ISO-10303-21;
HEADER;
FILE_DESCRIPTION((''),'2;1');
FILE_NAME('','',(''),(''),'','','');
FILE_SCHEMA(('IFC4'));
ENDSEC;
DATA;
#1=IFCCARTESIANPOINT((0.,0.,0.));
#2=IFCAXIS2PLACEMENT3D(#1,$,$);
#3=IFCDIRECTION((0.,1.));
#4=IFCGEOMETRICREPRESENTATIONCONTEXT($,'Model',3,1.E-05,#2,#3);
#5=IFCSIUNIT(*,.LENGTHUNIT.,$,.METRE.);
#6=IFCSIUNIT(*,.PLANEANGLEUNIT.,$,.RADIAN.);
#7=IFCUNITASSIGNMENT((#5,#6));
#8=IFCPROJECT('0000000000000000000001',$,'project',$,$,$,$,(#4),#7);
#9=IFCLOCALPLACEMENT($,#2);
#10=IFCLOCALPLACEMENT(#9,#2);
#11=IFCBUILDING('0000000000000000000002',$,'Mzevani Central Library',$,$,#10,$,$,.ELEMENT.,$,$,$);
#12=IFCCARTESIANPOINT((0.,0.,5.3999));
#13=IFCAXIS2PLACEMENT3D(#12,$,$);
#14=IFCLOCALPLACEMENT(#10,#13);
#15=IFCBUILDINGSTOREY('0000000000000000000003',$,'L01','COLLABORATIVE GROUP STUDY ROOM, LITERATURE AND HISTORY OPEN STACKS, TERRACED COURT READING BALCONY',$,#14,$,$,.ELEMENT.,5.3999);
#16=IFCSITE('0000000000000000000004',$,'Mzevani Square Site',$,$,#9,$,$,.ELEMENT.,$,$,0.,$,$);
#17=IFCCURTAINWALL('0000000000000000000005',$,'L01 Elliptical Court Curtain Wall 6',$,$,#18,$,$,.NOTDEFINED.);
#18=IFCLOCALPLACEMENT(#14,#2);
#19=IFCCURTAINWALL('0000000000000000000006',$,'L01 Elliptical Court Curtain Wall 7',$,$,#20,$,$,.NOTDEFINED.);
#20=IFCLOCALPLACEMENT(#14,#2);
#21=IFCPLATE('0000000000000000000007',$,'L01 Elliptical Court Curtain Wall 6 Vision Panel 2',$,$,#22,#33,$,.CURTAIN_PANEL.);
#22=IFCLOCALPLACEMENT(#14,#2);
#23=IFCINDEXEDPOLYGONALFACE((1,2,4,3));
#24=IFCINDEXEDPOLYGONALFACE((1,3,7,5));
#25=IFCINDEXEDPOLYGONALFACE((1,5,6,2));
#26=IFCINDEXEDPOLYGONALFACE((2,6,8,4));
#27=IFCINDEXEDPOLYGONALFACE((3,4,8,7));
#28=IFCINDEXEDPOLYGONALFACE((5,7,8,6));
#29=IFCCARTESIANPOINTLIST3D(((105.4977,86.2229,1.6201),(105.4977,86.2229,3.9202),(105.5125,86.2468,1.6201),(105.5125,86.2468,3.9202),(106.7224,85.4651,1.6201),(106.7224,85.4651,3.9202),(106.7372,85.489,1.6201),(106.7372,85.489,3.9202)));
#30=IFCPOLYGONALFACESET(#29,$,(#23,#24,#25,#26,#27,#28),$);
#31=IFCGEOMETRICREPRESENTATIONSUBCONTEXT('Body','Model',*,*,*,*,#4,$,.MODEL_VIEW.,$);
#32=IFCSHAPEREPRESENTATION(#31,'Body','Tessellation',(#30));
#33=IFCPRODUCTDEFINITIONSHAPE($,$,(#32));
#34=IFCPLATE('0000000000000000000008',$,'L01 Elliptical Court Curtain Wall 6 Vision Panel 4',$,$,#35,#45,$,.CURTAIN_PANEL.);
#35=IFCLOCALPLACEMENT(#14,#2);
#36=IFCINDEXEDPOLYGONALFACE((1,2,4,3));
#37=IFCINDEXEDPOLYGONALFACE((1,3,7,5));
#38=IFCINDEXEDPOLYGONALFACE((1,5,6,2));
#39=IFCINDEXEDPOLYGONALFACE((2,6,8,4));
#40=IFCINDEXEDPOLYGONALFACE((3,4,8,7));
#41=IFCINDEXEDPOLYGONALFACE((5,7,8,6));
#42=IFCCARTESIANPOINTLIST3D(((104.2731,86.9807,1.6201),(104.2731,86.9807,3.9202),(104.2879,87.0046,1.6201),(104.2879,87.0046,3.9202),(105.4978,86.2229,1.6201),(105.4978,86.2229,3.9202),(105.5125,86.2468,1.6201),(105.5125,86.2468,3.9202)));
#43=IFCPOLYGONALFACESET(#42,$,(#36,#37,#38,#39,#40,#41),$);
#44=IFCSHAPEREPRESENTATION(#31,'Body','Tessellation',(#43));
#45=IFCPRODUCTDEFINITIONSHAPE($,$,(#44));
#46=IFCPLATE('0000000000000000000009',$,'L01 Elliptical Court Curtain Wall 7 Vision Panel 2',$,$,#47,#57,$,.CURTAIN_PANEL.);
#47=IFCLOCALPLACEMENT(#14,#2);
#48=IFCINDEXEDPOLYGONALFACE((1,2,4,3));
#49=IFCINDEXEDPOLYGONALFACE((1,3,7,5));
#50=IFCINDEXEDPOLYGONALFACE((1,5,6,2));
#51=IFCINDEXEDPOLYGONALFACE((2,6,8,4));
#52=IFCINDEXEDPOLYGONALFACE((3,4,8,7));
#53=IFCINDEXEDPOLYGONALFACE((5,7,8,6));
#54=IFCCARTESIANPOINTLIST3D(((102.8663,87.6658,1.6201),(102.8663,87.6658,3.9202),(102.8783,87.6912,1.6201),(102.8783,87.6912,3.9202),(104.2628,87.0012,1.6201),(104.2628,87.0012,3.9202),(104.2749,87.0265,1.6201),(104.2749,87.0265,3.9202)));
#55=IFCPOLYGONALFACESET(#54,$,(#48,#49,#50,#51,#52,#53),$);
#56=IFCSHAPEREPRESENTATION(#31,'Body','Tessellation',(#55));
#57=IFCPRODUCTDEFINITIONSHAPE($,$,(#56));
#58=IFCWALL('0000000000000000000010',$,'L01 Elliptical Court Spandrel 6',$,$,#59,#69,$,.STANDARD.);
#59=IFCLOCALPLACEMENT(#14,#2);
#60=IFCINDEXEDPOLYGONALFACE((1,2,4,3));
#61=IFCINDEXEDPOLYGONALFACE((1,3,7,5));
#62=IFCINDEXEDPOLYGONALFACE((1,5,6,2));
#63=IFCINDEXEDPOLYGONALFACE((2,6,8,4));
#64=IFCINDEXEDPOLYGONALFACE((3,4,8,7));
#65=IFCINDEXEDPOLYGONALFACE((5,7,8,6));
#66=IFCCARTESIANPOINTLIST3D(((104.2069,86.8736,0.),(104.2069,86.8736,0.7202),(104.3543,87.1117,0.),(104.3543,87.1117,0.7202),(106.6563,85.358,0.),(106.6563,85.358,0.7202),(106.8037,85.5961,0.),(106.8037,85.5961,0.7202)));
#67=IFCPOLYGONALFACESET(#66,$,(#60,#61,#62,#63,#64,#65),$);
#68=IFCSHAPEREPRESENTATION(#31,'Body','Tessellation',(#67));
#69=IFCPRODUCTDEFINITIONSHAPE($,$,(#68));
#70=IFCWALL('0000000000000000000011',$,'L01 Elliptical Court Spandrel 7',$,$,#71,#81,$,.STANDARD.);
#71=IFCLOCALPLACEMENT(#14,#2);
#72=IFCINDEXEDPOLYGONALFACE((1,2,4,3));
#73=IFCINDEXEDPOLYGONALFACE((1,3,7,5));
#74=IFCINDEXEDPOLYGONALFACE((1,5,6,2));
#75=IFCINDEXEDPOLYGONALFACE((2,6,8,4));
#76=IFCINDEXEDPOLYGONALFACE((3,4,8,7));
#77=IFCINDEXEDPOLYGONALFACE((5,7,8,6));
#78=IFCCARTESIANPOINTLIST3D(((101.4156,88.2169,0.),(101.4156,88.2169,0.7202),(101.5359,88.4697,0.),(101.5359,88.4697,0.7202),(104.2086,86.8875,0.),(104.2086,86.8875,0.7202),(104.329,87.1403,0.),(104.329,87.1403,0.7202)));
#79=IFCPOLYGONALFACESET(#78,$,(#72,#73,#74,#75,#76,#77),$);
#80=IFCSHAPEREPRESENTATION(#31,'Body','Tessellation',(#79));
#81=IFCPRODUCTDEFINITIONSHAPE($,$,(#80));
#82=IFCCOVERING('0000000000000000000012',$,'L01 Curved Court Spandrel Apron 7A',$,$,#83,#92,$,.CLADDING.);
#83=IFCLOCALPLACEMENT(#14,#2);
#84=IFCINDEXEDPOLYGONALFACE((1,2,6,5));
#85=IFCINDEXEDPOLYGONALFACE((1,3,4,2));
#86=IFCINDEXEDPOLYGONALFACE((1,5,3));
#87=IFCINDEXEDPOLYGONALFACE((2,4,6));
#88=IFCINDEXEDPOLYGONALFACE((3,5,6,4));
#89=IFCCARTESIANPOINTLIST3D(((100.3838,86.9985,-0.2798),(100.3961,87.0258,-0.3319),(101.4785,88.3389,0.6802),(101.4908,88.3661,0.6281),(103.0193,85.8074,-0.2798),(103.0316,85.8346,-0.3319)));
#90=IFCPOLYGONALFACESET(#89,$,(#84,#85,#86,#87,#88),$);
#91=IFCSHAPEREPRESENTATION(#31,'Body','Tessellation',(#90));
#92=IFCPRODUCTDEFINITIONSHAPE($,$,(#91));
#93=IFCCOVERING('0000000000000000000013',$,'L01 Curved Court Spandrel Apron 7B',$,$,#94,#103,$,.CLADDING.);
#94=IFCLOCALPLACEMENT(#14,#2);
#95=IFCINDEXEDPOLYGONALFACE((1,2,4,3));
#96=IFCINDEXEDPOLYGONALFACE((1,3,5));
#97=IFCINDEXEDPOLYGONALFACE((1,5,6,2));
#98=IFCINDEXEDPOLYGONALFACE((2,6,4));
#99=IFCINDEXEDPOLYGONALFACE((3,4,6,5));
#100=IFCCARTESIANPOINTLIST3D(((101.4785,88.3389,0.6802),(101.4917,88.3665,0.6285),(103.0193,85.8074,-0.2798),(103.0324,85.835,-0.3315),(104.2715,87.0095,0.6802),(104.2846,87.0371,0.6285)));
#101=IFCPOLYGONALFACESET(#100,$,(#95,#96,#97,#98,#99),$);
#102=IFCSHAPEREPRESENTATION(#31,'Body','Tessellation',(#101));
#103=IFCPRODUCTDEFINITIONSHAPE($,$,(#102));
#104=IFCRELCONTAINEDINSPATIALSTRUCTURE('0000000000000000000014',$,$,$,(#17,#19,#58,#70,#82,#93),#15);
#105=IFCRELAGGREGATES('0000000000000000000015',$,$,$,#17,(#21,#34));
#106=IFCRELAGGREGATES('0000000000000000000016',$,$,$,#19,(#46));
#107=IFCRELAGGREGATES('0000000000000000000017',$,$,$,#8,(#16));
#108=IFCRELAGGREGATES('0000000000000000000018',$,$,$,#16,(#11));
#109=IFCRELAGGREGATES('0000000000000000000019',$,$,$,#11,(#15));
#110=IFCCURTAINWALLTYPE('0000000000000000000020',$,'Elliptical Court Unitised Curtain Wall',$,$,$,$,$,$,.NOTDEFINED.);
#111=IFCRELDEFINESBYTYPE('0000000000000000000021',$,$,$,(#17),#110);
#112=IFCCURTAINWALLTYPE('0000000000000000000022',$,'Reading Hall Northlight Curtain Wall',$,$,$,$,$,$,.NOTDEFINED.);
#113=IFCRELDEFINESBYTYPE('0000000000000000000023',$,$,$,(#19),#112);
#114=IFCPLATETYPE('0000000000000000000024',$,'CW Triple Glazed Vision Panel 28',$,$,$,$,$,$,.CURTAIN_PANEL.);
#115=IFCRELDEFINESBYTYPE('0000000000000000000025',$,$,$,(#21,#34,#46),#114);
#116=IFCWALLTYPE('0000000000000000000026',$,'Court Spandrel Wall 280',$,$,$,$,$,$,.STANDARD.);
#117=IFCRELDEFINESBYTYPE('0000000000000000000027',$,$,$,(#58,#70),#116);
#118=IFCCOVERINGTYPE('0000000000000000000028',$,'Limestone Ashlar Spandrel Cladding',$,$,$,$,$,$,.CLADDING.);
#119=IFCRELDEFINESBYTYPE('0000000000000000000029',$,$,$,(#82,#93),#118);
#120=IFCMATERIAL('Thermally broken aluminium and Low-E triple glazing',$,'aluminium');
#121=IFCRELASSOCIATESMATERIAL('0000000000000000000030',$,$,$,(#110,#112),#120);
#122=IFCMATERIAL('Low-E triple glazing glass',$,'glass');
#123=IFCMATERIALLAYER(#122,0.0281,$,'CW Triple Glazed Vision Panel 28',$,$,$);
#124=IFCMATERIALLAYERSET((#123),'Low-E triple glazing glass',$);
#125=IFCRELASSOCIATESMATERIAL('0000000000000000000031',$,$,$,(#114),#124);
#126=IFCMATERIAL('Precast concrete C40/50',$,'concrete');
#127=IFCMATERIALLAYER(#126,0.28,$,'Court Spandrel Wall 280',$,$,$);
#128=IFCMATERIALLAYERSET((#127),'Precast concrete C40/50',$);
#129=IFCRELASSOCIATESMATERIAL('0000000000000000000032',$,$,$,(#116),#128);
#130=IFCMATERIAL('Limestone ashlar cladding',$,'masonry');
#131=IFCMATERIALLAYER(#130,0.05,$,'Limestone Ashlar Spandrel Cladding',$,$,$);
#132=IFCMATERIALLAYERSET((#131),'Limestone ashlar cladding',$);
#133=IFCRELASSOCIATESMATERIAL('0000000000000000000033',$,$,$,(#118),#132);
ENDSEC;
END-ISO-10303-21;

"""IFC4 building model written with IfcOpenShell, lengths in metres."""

from ifc_helpers import new_model, si_unit, direction, frame, frame_2d, origin, origin_2d, place, context, subcontext, project, spatial, polyline, rectangle, outline, extrude, material, layer, layer_set, type_object, element, aggregate, save


model = new_model("IFC4")

# Units and contexts
model_context = context("Model", 3, precision=1e-05, world=origin(), true_north=direction((0.0, 1.0)))
body_context = subcontext(model_context, "Body", "Model", "MODEL_VIEW")
ifc_project = project(units=[si_unit("LENGTHUNIT", "METRE"), si_unit("PLANEANGLEUNIT", "RADIAN")], contexts=[model_context])

# Site, building, storey
site_placement = place(None, origin())
site = spatial("IfcSite", under=ifc_project, at=site_placement, Name="Mzevani Square Site", CompositionType="ELEMENT", RefElevation=0.0)
building_placement = place(site_placement, origin())
building = spatial("IfcBuilding", under=site, at=building_placement, Name="Mzevani Central Library", CompositionType="ELEMENT")
storey_placement = place(building_placement, frame((0.0, 0.0, 5.3999)))
storey = spatial("IfcBuildingStorey", under=building, at=storey_placement, Name="L01", Description="COLLABORATIVE GROUP STUDY ROOM, LITERATURE AND HISTORY OPEN STACKS, TERRACED COURT READING BALCONY", CompositionType="ELEMENT", Elevation=5.3999)

# Curtain wall
ifc_material_1 = material(Name="Thermally broken aluminium and Low-E triple glazing", Category="aluminium")
curtain_wall_type_1 = type_object("IfcCurtainWallType", Name="Elliptical Court Unitised Curtain Wall", PredefinedType="NOTDEFINED", material=ifc_material_1)
curtain_wall_1_placement = place(storey_placement, origin())
curtain_wall_1 = element("IfcCurtainWall", 1, at=curtain_wall_1_placement, inside=storey, type_object=curtain_wall_type_1, Name="L01 Elliptical Court Curtain Wall 6", PredefinedType="NOTDEFINED")

# Curtain wall
curtain_wall_type_2 = type_object("IfcCurtainWallType", Name="Reading Hall Northlight Curtain Wall", PredefinedType="NOTDEFINED", material=ifc_material_1)
curtain_wall_2_placement = place(storey_placement, origin())
curtain_wall_2 = element("IfcCurtainWall", 2, at=curtain_wall_2_placement, inside=storey, type_object=curtain_wall_type_2, Name="L01 Elliptical Court Curtain Wall 7", PredefinedType="NOTDEFINED")

# Plates
ifc_material_2 = material(Name="Low-E triple glazing glass", Category="glass")
ifc_layer_1 = layer(ifc_material_2, 0.0281, Name="CW Triple Glazed Vision Panel 28")
ifc_layer_set_1 = layer_set([ifc_layer_1], Name="Low-E triple glazing glass")
plate_type_1 = type_object("IfcPlateType", Name="CW Triple Glazed Vision Panel 28", PredefinedType="CURTAIN_PANEL", material=ifc_layer_set_1)
plate_1_placement = place(storey_placement, frame((106.1174, 85.856, 1.6201), z_axis=(0.0, 0.0, 1.0), x_axis=(-0.850358, 0.526205, 0.0)))
plate_1 = element("IfcPlate", 3, at=plate_1_placement, type_object=plate_type_1, Name="L01 Elliptical Court Curtain Wall 6 Vision Panel 2", PredefinedType="CURTAIN_PANEL", context=body_context, shape_type="SweptSolid", body=[
    extrude(rectangle(XDim=1.4402, YDim=0.0281, at=origin_2d()), origin(), (0.0, 0.0, 1.0), 2.3),
])
plate_2_placement = place(storey_placement, frame((104.8928, 86.6138, 1.6201), z_axis=(0.0, 0.0, 1.0), x_axis=(-0.850358, 0.526205, 0.0)))
plate_2 = element("IfcPlate", 4, at=plate_2_placement, type_object=plate_type_1, Name="L01 Elliptical Court Curtain Wall 6 Vision Panel 4", PredefinedType="CURTAIN_PANEL", context=body_context, shape_type="SweptSolid", body=[
    extrude(rectangle(XDim=1.4402, YDim=0.0281, at=origin_2d()), origin(), (0.0, 0.0, 1.0), 2.3),
])
aggregate(curtain_wall_1, [plate_1, plate_2])
plate_3_placement = place(storey_placement, frame((103.5706, 87.3462, 1.6201), z_axis=(0.0, 0.0, 1.0), x_axis=(-0.902949, 0.429748, 0.0)))
plate_3 = element("IfcPlate", 5, at=plate_3_placement, type_object=plate_type_1, Name="L01 Elliptical Court Curtain Wall 7 Vision Panel 2", PredefinedType="CURTAIN_PANEL", context=body_context, shape_type="SweptSolid", body=[
    extrude(rectangle(XDim=1.5466, YDim=0.0281, at=origin_2d()), origin(), (0.0, 0.0, 1.0), 2.3),
])
aggregate(curtain_wall_2, [plate_3])

# Walls
ifc_material_3 = material(Name="Precast concrete C40/50", Category="concrete")
ifc_layer_2 = layer(ifc_material_3, 0.28, Name="Court Spandrel Wall 280")
ifc_layer_set_2 = layer_set([ifc_layer_2], Name="Precast concrete C40/50")
wall_type = type_object("IfcWallType", Name="Court Spandrel Wall 280", PredefinedType="STANDARD", material=ifc_layer_set_2)
wall_1_placement = place(storey_placement, frame((106.73, 85.4771, 0.0), z_axis=(0.0, 0.0, 1.0), x_axis=(-0.850375, 0.526177, 0.0)))
element("IfcWall", 6, at=wall_1_placement, inside=storey, type_object=wall_type, Name="L01 Elliptical Court Spandrel 6", PredefinedType="STANDARD", context=body_context, shape_type="SweptSolid", body=[
    extrude(rectangle(XDim=2.8804, YDim=0.28, at=frame_2d((1.4402, 0.0))), origin(), (0.0, 0.0, 1.0), 0.7202),
])
wall_2_placement = place(storey_placement, frame((104.2688, 87.0139, 0.0), z_axis=(0.0, 0.0, 1.0), x_axis=(-0.902941, 0.429765, 0.0)))
element("IfcWall", 7, at=wall_2_placement, inside=storey, type_object=wall_type, Name="L01 Elliptical Court Spandrel 7", PredefinedType="STANDARD", context=body_context, shape_type="SweptSolid", body=[
    extrude(rectangle(XDim=3.0933, YDim=0.28, at=frame_2d((1.5466, 0.0))), origin(), (0.0, 0.0, 1.0), 0.7202),
])

# Coverings
ifc_material_4 = material(Name="Limestone ashlar cladding", Category="masonry")
ifc_layer_3 = layer(ifc_material_4, 0.05, Name="Limestone Ashlar Spandrel Cladding")
ifc_layer_set_3 = layer_set([ifc_layer_3], Name="Limestone ashlar cladding")
covering_type = type_object("IfcCoveringType", Name="Limestone Ashlar Spandrel Cladding", PredefinedType="CLADDING", material=ifc_layer_set_3)
covering_1_placement = place(storey_placement, frame((103.0193, 85.8074, -0.2798), z_axis=(-0.205045, -0.45367, 0.86726), x_axis=(-0.911249, 0.411856, 0.0)))
element("IfcCovering", 8, at=covering_1_placement, inside=storey, type_object=covering_type, Name="L01 Curved Court Spandrel Apron 7A", PredefinedType="CLADDING", context=body_context, shape_type="SweptSolid", body=[
    extrude(outline(polyline([(0.0, 0.0), (2.8922, 0.0), (2.4466, -1.9282), (0.0, 0.0)])), origin(), (0.0, 0.0, -1.0), 0.0601),
])
covering_2_placement = place(storey_placement, frame((103.0193, 85.8074, -0.2798), z_axis=(-0.218727, -0.459547, 0.860799), x_axis=(-0.494611, 0.812648, 0.308162)))
element("IfcCovering", 9, at=covering_2_placement, inside=storey, type_object=covering_type, Name="L01 Curved Court Spandrel Apron 7B", PredefinedType="CLADDING", context=body_context, shape_type="SweptSolid", body=[
    extrude(outline(polyline([(0.0, 0.0), (3.1151, 0.0), (0.6534, -1.8729), (0.0, 0.0)])), origin(), (0.0, 0.0, -1.0), 0.0601),
])

save(model, "model.ifc")
